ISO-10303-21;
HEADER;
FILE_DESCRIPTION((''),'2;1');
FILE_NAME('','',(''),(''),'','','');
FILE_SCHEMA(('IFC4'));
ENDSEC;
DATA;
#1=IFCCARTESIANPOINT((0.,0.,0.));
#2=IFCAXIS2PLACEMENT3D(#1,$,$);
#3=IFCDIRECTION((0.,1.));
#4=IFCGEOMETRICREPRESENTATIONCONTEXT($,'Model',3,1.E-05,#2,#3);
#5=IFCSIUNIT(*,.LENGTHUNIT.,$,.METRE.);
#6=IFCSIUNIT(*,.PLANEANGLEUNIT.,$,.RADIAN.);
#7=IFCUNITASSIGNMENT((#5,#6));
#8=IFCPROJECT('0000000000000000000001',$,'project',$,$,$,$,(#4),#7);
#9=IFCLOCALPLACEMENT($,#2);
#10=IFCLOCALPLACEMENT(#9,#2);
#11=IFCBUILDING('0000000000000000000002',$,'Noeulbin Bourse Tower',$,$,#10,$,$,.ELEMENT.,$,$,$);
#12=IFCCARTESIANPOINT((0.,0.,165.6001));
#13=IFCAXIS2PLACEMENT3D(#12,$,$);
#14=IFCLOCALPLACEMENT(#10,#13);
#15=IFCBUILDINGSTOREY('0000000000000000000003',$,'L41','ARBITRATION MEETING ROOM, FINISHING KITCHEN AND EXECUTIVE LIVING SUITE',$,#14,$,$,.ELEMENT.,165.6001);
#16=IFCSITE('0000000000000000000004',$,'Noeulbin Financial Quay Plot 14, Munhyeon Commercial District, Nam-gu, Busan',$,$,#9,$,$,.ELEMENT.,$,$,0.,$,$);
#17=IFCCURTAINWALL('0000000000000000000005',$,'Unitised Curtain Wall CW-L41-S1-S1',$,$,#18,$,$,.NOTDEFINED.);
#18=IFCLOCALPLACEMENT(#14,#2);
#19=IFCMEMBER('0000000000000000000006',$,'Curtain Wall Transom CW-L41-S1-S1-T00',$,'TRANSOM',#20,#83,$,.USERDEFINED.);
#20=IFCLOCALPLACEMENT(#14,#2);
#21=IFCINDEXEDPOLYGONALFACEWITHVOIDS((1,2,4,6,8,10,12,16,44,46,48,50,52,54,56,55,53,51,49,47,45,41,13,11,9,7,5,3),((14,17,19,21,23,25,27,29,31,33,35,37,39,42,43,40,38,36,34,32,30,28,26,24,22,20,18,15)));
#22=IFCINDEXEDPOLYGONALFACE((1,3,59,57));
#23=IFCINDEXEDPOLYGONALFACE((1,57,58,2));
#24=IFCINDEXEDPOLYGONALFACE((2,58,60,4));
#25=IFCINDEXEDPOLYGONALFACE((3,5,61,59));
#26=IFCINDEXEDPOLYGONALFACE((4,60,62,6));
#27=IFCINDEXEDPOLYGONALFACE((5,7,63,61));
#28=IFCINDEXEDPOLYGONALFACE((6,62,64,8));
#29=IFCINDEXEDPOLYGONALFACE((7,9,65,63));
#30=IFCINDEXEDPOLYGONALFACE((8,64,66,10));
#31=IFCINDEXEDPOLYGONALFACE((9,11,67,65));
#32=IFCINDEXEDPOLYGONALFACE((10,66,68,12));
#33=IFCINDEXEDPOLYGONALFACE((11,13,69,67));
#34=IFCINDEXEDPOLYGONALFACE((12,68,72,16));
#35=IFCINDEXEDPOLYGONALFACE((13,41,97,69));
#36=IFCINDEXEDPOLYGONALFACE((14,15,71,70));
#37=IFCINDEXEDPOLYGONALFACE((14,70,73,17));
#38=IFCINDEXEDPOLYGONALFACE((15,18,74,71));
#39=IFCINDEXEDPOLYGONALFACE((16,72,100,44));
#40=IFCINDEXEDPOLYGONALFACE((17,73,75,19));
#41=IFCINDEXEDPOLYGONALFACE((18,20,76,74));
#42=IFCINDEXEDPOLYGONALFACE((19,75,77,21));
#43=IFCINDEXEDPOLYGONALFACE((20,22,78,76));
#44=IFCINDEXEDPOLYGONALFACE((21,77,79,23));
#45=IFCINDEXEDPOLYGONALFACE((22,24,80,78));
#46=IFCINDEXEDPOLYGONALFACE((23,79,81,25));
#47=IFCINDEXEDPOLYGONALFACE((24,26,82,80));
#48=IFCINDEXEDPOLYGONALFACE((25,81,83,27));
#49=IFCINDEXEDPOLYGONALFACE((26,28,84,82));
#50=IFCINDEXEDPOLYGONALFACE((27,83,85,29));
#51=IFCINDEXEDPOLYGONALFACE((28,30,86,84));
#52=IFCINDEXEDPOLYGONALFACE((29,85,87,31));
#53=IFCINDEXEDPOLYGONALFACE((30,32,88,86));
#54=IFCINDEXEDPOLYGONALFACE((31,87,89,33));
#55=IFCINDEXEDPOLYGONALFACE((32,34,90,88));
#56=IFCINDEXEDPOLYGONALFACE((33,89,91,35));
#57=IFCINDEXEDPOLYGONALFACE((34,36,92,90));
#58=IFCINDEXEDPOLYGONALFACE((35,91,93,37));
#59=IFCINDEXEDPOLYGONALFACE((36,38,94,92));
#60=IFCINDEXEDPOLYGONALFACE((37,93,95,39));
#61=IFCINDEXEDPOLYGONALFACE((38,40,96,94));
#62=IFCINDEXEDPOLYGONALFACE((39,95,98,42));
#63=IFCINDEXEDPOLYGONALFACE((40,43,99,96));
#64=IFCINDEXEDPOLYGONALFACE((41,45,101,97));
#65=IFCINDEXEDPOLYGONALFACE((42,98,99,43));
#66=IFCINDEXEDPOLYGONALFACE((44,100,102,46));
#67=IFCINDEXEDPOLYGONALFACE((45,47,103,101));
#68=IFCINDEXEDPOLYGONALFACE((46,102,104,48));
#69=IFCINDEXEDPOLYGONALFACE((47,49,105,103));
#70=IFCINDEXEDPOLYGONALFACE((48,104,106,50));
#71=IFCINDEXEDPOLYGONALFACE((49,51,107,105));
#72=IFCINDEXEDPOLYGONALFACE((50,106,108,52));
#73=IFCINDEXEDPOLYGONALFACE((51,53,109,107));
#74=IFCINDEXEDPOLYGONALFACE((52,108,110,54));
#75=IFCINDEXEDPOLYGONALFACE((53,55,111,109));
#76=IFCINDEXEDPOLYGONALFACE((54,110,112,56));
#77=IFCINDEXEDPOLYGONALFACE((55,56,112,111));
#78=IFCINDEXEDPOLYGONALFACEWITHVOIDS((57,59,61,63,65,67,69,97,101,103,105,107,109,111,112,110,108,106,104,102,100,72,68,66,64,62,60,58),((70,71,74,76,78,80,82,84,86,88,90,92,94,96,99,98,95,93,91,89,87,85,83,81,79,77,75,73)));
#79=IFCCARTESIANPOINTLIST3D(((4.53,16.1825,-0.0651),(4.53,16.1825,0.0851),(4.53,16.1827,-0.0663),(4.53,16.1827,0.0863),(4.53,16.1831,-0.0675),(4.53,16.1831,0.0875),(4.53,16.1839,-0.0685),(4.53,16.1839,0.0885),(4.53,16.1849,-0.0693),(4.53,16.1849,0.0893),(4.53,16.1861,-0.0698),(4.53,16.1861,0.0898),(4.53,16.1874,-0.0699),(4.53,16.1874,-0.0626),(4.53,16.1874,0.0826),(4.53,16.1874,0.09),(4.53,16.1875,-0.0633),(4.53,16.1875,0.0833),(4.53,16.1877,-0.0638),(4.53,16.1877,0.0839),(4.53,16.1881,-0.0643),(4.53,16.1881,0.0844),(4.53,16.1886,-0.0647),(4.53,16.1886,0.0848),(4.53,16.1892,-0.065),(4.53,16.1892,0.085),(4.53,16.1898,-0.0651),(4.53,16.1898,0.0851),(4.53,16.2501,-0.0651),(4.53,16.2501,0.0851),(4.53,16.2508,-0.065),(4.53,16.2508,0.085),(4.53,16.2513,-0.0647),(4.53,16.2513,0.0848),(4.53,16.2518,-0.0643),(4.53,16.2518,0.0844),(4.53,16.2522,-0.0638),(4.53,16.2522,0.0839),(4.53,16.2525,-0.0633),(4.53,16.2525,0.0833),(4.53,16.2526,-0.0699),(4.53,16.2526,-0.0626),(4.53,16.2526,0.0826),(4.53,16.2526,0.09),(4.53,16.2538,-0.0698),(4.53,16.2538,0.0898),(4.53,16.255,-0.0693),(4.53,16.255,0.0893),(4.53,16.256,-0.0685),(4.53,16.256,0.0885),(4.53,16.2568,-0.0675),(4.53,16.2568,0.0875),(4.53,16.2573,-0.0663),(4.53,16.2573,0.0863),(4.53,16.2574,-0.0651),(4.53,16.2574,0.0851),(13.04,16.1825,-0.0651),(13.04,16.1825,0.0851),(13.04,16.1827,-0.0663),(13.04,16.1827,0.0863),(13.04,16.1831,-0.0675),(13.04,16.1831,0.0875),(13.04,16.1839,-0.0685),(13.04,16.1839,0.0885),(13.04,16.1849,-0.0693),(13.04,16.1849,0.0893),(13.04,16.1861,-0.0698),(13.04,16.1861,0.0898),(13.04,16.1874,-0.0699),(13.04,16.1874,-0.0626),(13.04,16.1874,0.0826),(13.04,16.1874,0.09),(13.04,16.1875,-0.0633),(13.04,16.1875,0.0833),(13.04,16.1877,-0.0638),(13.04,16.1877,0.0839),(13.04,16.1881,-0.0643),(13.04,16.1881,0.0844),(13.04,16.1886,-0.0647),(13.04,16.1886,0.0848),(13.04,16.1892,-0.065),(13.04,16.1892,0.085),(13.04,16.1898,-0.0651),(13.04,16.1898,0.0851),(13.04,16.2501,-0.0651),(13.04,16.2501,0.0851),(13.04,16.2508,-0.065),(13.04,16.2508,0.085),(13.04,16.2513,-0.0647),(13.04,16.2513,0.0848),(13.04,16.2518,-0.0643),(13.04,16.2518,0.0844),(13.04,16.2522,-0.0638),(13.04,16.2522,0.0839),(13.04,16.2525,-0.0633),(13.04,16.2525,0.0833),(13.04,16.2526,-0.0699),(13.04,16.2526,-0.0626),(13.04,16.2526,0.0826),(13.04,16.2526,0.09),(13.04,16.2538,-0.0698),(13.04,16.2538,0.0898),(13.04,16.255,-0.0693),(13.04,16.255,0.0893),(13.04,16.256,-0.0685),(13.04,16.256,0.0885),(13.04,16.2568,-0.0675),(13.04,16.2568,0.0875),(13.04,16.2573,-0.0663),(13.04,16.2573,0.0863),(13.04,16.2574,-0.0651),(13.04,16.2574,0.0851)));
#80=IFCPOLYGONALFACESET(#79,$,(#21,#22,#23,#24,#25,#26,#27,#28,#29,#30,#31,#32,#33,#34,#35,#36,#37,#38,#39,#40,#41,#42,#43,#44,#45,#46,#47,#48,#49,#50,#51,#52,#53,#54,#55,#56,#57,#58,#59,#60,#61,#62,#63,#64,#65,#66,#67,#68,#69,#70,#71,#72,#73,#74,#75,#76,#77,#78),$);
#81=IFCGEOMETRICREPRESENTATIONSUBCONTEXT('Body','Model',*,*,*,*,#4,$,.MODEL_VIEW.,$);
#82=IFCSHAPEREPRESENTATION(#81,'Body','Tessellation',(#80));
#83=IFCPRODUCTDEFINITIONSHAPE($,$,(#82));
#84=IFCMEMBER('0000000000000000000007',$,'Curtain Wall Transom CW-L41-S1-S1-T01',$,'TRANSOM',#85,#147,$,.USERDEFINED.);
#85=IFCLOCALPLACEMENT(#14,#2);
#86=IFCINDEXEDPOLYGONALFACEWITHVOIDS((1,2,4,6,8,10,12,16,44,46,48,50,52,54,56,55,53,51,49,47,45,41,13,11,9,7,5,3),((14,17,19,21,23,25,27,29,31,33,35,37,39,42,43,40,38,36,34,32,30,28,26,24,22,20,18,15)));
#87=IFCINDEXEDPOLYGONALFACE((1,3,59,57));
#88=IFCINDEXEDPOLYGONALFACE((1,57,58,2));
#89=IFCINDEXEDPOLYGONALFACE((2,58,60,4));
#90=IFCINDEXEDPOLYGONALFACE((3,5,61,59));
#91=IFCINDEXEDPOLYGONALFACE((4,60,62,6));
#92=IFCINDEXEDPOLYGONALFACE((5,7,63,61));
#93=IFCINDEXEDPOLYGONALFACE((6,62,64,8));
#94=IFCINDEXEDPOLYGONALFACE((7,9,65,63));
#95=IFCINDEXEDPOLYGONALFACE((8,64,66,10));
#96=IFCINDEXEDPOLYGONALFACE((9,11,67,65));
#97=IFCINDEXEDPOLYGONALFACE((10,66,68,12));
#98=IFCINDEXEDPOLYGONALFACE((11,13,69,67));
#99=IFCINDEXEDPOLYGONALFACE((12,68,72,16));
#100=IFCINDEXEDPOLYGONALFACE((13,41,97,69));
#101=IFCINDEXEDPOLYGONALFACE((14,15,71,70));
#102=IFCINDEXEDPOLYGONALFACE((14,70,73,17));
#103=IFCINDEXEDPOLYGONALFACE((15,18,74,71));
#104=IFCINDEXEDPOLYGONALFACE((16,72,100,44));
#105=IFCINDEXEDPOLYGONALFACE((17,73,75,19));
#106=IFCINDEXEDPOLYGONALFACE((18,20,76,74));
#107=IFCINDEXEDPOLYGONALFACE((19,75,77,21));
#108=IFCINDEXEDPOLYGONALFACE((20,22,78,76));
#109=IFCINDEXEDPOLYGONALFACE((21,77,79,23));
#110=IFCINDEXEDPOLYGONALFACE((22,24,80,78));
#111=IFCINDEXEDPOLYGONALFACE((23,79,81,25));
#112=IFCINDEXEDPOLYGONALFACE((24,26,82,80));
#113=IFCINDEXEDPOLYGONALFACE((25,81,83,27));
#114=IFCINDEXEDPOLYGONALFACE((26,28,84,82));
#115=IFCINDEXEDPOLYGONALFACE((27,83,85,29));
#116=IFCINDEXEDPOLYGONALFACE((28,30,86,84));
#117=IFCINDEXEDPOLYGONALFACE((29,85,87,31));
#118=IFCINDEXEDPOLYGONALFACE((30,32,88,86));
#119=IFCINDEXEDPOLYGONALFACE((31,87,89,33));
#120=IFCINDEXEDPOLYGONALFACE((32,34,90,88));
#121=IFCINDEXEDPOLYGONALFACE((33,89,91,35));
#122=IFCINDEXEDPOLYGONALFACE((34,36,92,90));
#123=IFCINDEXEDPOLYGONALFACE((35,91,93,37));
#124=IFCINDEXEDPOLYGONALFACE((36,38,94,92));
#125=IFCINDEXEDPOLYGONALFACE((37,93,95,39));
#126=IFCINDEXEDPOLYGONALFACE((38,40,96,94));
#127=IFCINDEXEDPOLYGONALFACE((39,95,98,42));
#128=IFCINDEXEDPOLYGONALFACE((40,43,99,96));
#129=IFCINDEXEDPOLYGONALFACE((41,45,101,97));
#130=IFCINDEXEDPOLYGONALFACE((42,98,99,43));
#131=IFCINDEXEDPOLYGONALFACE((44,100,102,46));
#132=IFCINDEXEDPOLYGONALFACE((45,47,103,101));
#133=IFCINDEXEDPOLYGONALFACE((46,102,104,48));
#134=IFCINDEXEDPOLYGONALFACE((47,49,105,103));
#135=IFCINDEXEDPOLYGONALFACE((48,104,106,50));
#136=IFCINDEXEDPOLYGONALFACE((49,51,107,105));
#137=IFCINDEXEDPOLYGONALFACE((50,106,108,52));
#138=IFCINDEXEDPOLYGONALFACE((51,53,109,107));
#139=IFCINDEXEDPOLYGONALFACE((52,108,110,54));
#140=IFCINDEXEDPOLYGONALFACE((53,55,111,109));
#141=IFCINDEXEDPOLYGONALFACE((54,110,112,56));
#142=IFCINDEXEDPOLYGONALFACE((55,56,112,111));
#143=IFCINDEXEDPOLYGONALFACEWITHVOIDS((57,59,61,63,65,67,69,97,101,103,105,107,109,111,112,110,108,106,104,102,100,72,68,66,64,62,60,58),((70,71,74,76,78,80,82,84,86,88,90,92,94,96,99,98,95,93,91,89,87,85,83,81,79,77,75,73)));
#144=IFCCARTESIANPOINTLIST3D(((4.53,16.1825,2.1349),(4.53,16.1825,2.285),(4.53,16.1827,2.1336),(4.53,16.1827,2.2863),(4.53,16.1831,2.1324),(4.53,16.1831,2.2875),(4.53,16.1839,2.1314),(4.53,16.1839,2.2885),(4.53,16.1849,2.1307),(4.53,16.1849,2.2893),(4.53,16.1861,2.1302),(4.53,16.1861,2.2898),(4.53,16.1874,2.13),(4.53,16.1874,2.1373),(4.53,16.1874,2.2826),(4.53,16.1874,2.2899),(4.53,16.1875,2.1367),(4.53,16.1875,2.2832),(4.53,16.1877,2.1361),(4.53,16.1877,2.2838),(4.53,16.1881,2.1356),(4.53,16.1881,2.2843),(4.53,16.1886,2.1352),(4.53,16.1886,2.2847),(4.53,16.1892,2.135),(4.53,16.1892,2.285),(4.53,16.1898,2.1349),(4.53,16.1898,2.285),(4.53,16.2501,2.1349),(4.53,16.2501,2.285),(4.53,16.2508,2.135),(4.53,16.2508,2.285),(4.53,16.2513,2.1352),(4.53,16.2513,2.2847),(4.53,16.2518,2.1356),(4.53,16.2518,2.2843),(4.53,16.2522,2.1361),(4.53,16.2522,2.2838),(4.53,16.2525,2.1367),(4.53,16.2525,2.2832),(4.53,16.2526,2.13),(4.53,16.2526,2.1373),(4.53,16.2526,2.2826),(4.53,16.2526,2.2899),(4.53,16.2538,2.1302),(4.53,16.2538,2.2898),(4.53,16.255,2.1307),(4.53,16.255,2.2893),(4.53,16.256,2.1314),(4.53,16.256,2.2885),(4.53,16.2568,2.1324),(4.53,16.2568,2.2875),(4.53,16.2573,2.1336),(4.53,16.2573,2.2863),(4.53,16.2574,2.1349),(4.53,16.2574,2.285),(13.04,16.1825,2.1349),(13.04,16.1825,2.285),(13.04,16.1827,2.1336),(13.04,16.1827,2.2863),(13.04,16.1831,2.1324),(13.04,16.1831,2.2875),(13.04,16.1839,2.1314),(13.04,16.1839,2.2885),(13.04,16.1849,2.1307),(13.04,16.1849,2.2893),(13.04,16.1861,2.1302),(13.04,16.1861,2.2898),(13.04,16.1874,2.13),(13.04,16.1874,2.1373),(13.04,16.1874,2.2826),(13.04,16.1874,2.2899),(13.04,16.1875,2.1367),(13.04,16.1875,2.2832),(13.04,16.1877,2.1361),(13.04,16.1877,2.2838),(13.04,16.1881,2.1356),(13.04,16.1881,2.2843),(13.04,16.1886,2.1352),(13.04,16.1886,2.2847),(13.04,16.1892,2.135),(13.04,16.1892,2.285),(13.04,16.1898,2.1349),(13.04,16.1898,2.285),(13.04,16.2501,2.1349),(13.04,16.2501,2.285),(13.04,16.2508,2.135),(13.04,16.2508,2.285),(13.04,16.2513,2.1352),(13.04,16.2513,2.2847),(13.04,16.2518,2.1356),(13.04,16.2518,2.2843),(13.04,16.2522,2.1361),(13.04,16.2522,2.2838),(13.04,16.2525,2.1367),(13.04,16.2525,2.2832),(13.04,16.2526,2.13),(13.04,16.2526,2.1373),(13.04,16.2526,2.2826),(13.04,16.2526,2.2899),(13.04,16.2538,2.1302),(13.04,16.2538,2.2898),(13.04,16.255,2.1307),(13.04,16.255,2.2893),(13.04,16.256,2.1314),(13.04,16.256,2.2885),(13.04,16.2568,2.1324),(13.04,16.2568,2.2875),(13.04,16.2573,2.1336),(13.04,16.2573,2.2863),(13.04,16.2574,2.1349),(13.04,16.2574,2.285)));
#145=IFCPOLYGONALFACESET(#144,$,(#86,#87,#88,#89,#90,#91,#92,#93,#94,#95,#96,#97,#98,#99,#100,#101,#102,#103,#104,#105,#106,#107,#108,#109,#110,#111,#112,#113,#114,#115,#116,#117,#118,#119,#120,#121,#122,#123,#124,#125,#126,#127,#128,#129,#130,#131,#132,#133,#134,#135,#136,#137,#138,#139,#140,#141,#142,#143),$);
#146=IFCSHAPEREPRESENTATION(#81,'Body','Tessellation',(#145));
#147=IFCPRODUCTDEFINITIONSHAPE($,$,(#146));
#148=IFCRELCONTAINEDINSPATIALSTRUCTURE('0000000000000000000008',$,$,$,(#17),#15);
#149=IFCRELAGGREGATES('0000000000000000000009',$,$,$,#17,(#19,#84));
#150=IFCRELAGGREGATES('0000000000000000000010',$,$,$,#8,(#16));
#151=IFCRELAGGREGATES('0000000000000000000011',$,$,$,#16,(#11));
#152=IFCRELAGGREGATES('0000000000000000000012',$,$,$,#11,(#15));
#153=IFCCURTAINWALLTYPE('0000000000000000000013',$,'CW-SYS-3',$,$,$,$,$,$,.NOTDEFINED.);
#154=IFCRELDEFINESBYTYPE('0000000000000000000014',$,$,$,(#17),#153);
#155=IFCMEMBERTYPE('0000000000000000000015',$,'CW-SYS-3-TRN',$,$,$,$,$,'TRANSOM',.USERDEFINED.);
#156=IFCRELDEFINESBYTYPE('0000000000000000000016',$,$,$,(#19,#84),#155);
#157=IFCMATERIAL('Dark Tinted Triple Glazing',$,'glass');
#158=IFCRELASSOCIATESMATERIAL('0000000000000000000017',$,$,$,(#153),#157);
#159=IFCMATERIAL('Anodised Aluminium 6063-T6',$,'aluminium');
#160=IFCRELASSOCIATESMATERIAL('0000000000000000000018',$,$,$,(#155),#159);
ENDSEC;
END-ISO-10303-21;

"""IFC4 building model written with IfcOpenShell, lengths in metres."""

from ifc_helpers import new_model, si_unit, direction, frame, origin, origin_2d, place, context, subcontext, project, spatial, hollow_rectangle, extrude, material, material_profile, profile_set, type_object, element, aggregate, save


model = new_model("IFC4")

# Units and contexts
model_context = context("Model", 3, precision=1e-05, world=origin(), true_north=direction((0.0, 1.0)))
body_context = subcontext(model_context, "Body", "Model", "MODEL_VIEW")
ifc_project = project(units=[si_unit("LENGTHUNIT", "METRE"), si_unit("PLANEANGLEUNIT", "RADIAN")], contexts=[model_context])

# Site, building, storey
site_placement = place(None, origin())
site = spatial("IfcSite", under=ifc_project, at=site_placement, Name="Noeulbin Financial Quay Plot 14, Munhyeon Commercial District, Nam-gu, Busan", CompositionType="ELEMENT", RefElevation=0.0)
building_placement = place(site_placement, origin())
building = spatial("IfcBuilding", under=site, at=building_placement, Name="Noeulbin Bourse Tower", CompositionType="ELEMENT")
storey_placement = place(building_placement, frame((0.0, 0.0, 165.6001)))
storey = spatial("IfcBuildingStorey", under=building, at=storey_placement, Name="L41", Description="ARBITRATION MEETING ROOM, FINISHING KITCHEN AND EXECUTIVE LIVING SUITE", CompositionType="ELEMENT", Elevation=165.6001)

# Curtain wall
ifc_material_1 = material(Name="Dark Tinted Triple Glazing", Category="glass")
curtain_wall_type = type_object("IfcCurtainWallType", Name="CW-SYS-3", PredefinedType="NOTDEFINED", material=ifc_material_1)
curtain_wall_1_placement = place(storey_placement, origin())
curtain_wall_1 = element("IfcCurtainWall", 1, at=curtain_wall_1_placement, inside=storey, type_object=curtain_wall_type, Name="Unitised Curtain Wall CW-L41-S1-S1", PredefinedType="NOTDEFINED")
ifc_material_2 = material(Name="Anodised Aluminium 6063-T6", Category="aluminium")

# Members
ifc_material_profile_1 = material_profile(ifc_material_2, hollow_rectangle(XDim=0.075, YDim=0.1599, WallThickness=0.0049, InnerFilletRadius=0.0024, OuterFilletRadius=0.0049, at=origin_2d()), Name="ALU-TRAN-75x160x5", Category="LoadBearing")
ifc_profile_set_1 = profile_set([ifc_material_profile_1], Name="Anodised Aluminium 6063-T6")
member_type_1 = type_object("IfcMemberType", Name="CW-SYS-3-TRN", ElementType="TRANSOM", PredefinedType="USERDEFINED", material=ifc_profile_set_1)
member_1_placement = place(storey_placement, frame((4.53, 16.22, 0.01), z_axis=(1.0, 0.0, 0.0), x_axis=(0.0, 1.0, 0.0)))
member_1 = element("IfcMember", 2, at=member_1_placement, type_object=member_type_1, Name="Curtain Wall Transom CW-L41-S1-S1-T00", ObjectType="TRANSOM", PredefinedType="USERDEFINED", context=body_context, shape_type="SweptSolid", body=[
    extrude(hollow_rectangle(XDim=0.075, YDim=0.1599, WallThickness=0.0049, InnerFilletRadius=0.0024, OuterFilletRadius=0.0049, at=origin_2d()), origin(), (0.0, 0.0, 1.0), 8.51),
])
member_2_placement = place(storey_placement, frame((4.53, 16.22, 2.21), z_axis=(1.0, 0.0, 0.0), x_axis=(0.0, 1.0, 0.0)))
member_2 = element("IfcMember", 3, at=member_2_placement, type_object=member_type_1, Name="Curtain Wall Transom CW-L41-S1-S1-T01", ObjectType="TRANSOM", PredefinedType="USERDEFINED", context=body_context, shape_type="SweptSolid", body=[
    extrude(hollow_rectangle(XDim=0.075, YDim=0.1599, WallThickness=0.0049, InnerFilletRadius=0.0024, OuterFilletRadius=0.0049, at=origin_2d()), origin(), (0.0, 0.0, 1.0), 8.51),
])

aggregate(curtain_wall_1, [member_1, member_2])

save(model, "model.ifc")
